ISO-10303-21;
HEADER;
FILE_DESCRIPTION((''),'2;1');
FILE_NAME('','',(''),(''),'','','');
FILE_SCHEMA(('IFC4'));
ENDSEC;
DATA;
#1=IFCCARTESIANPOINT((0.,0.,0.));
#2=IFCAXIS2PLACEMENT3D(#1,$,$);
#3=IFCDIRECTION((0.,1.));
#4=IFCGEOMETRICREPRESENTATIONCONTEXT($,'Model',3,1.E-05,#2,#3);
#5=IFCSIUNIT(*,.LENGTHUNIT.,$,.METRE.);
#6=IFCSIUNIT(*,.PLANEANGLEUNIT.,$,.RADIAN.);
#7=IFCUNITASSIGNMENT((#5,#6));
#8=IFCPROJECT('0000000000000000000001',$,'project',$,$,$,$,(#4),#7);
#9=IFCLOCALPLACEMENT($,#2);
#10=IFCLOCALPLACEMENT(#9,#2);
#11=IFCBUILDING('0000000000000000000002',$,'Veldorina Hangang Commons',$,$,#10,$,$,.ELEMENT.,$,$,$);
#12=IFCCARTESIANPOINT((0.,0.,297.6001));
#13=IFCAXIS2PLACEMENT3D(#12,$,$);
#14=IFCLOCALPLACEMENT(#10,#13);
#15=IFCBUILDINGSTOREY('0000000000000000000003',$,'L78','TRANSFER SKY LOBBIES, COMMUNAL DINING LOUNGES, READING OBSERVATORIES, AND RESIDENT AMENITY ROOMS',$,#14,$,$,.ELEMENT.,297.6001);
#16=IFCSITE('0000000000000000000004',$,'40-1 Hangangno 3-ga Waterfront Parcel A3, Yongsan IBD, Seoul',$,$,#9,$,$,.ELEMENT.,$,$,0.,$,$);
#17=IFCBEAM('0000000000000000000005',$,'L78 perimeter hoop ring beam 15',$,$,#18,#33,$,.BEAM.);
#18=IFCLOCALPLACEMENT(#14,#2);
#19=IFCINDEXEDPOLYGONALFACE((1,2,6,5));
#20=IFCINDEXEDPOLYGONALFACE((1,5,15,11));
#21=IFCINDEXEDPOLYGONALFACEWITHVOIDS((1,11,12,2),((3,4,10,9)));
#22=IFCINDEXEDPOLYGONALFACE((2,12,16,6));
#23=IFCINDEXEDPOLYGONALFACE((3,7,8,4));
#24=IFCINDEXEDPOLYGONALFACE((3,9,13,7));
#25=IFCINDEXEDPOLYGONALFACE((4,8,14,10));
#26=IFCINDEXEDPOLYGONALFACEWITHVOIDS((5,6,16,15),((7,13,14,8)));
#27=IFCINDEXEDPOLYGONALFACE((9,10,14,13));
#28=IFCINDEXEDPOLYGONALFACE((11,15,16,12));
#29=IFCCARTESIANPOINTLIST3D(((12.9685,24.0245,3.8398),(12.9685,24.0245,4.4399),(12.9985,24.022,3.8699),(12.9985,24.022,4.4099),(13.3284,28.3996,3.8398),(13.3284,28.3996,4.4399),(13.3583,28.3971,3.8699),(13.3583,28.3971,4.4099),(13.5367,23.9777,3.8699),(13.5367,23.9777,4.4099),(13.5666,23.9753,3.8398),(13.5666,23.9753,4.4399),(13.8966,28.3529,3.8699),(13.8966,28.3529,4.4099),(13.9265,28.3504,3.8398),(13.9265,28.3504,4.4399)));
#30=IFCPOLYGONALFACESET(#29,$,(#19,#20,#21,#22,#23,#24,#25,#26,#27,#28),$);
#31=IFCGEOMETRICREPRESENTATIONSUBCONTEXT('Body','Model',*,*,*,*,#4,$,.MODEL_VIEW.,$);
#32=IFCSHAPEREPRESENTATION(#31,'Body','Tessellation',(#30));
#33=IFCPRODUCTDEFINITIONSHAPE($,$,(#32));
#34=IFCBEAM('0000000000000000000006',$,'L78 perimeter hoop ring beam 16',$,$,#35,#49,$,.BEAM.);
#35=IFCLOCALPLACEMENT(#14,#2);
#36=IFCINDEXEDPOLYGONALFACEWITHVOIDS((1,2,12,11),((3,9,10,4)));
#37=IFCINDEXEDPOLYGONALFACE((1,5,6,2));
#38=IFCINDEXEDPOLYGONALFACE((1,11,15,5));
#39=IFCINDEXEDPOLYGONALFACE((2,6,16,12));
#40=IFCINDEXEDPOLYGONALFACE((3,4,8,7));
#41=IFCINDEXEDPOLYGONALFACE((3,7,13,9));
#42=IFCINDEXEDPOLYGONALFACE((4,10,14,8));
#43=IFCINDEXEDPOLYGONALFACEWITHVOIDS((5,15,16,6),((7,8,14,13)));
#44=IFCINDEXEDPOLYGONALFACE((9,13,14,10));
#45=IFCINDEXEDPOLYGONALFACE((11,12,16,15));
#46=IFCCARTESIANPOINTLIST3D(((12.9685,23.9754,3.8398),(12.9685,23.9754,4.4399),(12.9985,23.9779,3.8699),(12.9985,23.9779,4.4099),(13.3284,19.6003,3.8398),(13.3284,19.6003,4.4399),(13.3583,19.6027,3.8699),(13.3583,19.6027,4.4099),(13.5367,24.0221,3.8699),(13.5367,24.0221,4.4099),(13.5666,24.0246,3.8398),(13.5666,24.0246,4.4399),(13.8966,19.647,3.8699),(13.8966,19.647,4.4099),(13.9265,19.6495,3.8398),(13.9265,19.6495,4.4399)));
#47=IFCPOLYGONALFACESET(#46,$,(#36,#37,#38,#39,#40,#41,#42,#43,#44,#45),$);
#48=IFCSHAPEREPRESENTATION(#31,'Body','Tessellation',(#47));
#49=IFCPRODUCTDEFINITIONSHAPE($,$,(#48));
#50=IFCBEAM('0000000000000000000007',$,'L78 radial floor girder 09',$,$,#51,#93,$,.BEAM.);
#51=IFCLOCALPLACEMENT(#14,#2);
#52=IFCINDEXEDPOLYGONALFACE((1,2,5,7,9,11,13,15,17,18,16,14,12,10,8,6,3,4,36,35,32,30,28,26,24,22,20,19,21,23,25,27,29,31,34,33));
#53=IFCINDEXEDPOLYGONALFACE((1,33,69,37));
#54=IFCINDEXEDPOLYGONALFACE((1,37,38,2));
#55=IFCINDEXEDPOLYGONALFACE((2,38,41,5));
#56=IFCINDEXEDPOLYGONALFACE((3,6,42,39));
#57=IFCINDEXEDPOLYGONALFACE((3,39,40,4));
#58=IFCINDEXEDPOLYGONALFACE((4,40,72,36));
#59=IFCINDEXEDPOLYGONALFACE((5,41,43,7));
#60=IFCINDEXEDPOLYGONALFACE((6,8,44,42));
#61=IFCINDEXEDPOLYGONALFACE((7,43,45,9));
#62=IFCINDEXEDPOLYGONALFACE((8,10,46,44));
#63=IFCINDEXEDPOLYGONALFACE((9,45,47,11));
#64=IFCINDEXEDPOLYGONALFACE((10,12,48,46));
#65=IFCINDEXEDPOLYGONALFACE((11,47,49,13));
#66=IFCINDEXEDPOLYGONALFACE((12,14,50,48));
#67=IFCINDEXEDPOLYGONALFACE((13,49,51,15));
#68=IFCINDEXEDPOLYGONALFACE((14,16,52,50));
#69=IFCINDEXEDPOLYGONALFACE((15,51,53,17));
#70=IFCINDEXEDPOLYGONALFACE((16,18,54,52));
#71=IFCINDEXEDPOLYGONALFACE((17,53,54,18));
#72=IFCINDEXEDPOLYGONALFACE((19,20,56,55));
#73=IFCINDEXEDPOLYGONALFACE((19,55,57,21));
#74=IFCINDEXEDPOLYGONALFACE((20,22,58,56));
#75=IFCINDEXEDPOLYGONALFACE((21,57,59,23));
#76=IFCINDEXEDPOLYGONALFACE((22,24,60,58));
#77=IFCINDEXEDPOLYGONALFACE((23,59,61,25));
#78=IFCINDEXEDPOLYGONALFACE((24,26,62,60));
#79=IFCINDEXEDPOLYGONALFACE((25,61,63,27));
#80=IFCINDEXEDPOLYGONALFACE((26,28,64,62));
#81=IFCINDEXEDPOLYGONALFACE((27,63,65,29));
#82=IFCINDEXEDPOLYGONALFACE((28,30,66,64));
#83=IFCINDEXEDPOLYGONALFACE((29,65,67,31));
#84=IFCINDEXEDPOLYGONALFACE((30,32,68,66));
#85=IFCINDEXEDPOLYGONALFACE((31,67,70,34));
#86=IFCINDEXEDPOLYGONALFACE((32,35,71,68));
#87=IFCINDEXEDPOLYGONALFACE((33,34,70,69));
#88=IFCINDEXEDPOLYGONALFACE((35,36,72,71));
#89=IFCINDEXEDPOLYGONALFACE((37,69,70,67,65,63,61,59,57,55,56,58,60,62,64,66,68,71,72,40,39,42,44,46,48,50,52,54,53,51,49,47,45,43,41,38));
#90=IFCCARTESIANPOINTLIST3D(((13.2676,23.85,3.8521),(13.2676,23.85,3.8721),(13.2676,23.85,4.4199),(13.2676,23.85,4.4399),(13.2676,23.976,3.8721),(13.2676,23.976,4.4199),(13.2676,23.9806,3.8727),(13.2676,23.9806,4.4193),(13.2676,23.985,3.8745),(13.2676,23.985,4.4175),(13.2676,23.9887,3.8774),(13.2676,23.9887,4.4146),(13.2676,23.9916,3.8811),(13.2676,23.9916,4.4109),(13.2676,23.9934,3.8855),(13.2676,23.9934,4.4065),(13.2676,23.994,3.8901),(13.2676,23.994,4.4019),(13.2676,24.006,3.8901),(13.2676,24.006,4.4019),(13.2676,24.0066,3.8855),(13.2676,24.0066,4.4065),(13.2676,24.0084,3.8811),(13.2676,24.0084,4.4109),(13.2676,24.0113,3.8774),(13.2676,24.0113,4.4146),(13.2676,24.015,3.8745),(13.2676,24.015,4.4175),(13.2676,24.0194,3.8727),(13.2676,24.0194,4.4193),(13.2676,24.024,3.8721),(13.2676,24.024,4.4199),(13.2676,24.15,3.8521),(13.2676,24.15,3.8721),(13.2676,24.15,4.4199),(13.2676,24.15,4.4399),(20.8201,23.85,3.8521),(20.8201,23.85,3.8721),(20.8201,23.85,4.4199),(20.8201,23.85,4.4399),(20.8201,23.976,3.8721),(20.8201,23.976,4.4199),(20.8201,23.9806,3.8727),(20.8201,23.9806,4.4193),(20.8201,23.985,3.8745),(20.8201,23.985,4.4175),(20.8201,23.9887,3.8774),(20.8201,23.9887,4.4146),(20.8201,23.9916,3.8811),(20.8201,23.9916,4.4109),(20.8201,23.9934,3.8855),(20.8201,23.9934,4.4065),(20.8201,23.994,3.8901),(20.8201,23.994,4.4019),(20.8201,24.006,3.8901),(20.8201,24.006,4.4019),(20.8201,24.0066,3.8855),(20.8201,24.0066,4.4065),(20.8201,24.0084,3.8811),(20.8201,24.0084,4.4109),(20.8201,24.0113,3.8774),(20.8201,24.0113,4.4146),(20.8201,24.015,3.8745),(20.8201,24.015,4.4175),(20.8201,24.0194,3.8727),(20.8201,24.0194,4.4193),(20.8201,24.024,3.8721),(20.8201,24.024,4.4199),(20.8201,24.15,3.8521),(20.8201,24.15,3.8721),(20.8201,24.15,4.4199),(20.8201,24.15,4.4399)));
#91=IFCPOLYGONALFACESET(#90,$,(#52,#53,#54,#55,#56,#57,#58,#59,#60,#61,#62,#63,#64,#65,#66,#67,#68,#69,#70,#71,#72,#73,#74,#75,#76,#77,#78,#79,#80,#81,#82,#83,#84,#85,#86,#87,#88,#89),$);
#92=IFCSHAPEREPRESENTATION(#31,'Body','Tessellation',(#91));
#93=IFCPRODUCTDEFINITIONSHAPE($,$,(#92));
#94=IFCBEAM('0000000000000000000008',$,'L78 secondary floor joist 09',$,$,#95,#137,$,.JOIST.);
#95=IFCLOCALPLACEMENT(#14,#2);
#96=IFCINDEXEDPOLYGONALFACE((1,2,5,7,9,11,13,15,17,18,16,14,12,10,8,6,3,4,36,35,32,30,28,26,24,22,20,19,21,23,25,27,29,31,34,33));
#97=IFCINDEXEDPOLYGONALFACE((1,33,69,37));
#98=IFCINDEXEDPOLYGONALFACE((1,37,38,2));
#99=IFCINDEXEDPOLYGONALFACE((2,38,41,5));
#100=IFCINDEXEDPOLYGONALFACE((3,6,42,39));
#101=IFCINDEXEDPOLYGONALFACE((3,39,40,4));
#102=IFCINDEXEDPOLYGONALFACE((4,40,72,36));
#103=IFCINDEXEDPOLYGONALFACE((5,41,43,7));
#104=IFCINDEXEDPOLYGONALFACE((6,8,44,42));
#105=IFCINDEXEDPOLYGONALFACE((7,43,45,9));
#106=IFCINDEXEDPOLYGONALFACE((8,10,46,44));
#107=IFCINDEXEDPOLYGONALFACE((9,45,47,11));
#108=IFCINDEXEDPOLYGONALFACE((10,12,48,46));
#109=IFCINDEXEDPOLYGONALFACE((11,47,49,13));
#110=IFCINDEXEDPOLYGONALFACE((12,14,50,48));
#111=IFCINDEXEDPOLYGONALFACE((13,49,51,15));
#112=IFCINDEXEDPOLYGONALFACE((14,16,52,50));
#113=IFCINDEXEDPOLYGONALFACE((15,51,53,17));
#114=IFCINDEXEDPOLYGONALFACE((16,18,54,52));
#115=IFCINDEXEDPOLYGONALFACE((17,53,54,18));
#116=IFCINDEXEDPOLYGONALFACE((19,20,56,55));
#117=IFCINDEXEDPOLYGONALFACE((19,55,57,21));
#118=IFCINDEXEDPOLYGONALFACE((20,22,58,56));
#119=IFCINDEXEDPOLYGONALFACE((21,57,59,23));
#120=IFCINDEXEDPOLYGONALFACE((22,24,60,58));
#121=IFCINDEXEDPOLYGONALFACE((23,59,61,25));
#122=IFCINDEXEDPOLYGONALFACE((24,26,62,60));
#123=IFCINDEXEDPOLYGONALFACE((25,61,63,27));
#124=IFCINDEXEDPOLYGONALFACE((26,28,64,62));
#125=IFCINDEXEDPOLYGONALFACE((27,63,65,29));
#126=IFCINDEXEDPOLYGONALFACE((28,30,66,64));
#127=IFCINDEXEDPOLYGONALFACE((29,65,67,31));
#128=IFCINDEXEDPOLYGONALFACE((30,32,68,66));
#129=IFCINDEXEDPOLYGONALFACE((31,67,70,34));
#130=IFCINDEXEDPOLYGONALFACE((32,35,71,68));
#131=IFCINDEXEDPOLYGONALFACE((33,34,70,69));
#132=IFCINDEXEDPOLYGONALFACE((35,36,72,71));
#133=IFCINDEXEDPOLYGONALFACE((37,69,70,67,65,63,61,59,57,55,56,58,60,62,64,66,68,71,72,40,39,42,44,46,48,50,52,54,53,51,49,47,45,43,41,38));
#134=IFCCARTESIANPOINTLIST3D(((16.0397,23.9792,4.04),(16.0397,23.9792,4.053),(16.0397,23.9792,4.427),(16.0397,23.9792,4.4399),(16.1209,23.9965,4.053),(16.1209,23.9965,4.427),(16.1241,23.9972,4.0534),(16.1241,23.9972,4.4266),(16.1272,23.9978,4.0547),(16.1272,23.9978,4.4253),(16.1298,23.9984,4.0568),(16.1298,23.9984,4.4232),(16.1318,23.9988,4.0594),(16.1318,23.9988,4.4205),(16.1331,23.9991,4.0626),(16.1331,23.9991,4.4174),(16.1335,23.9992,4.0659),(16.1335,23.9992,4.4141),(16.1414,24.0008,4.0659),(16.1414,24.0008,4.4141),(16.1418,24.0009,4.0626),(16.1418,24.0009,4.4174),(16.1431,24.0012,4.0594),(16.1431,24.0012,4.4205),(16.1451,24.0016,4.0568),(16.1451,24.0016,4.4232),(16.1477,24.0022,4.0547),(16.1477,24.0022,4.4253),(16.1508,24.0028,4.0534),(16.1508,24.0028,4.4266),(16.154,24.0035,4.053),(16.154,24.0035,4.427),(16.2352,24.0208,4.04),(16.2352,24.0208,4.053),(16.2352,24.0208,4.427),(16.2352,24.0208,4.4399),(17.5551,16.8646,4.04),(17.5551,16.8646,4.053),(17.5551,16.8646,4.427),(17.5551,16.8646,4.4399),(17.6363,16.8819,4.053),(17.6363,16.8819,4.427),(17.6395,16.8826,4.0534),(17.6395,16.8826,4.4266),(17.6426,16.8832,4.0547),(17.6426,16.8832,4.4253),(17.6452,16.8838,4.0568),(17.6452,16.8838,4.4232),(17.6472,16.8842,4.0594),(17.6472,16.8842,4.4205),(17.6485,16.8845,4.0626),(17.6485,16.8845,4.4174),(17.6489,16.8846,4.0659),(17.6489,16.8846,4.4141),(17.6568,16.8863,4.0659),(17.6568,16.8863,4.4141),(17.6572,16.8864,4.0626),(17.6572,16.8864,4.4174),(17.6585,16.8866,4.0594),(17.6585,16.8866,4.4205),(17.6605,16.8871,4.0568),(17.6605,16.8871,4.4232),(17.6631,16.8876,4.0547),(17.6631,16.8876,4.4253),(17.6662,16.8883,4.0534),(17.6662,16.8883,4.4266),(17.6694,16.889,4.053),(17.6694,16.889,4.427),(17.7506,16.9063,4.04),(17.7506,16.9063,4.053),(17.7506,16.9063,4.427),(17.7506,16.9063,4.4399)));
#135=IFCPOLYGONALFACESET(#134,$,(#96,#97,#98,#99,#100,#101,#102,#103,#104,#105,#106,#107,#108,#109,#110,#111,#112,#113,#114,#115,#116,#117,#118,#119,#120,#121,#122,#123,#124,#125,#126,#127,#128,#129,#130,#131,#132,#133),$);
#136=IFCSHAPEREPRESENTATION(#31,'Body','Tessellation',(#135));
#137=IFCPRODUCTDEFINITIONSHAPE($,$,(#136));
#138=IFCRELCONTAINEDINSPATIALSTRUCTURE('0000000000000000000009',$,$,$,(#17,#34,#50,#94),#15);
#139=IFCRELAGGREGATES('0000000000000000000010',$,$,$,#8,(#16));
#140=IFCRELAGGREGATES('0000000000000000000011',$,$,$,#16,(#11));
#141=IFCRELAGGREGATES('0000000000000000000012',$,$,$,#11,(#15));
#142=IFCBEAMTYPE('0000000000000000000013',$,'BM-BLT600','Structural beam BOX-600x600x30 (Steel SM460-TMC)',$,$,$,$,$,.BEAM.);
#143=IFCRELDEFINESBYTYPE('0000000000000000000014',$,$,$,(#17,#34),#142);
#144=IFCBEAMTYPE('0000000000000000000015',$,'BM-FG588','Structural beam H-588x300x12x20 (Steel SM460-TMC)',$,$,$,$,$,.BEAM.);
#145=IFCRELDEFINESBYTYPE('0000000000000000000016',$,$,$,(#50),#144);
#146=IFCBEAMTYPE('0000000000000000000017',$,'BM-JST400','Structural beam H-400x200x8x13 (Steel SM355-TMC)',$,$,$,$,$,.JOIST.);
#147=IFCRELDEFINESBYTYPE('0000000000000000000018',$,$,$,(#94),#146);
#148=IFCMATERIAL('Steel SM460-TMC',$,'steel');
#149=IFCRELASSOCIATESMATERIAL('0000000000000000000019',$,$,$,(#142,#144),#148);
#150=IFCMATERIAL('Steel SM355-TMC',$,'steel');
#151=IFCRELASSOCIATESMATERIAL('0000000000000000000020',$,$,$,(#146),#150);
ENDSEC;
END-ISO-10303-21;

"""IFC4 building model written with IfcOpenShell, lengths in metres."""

from ifc_helpers import new_model, si_unit, direction, frame, origin, origin_2d, place, context, subcontext, project, spatial, hollow_rectangle, i_section, extrude, material, material_profile, profile_set, type_object, element, save


model = new_model("IFC4")

# Units and contexts
model_context = context("Model", 3, precision=1e-05, world=origin(), true_north=direction((0.0, 1.0)))
body_context = subcontext(model_context, "Body", "Model", "MODEL_VIEW")
ifc_project = project(units=[si_unit("LENGTHUNIT", "METRE"), si_unit("PLANEANGLEUNIT", "RADIAN")], contexts=[model_context])

# Site, building, storey
site_placement = place(None, origin())
site = spatial("IfcSite", under=ifc_project, at=site_placement, Name="40-1 Hangangno 3-ga Waterfront Parcel A3, Yongsan IBD, Seoul", CompositionType="ELEMENT", RefElevation=0.0)
building_placement = place(site_placement, origin())
building = spatial("IfcBuilding", under=site, at=building_placement, Name="Veldorina Hangang Commons", CompositionType="ELEMENT")
storey_placement = place(building_placement, frame((0.0, 0.0, 297.6001)))
storey = spatial("IfcBuildingStorey", under=building, at=storey_placement, Name="L78", Description="TRANSFER SKY LOBBIES, COMMUNAL DINING LOUNGES, READING OBSERVATORIES, AND RESIDENT AMENITY ROOMS", CompositionType="ELEMENT", Elevation=297.6001)

# Beams
ifc_material_1 = material(Name="Steel SM460-TMC", Category="steel")
ifc_material_profile_1 = material_profile(ifc_material_1, hollow_rectangle(XDim=0.6001, YDim=0.6001, WallThickness=0.03, at=origin_2d()), Name="BOX-600x600x30")
ifc_profile_set_1 = profile_set([ifc_material_profile_1], Name="Steel SM460-TMC")
beam_type_1 = type_object("IfcBeamType", Name="BM-BLT600", Description="Structural beam BOX-600x600x30 (Steel SM460-TMC)", PredefinedType="BEAM", material=ifc_profile_set_1)
for number, where, z_axis, x_axis, name in (
    (1, (13.6274, 28.375, 4.1399), (-0.081978, -0.996634, 0.0), (0.996634, -0.081978, 0.0), "L78 perimeter hoop ring beam 15"),
    (2, (13.2676, 24.0, 4.1399), (0.081978, -0.996634, 0.0), (0.996634, 0.081978, 0.0), "L78 perimeter hoop ring beam 16"),
):
    element("IfcBeam", number, at=place(storey_placement, frame(where, z_axis=z_axis, x_axis=x_axis)), inside=storey, type_object=beam_type_1, Name=name, PredefinedType="BEAM", context=body_context, shape_type="SweptSolid", body=[
        extrude(hollow_rectangle(XDim=0.6001, YDim=0.6001, WallThickness=0.03, at=origin_2d()), origin(), (0.0, 0.0, 1.0), 4.3899),
    ])
ifc_material_profile_2 = material_profile(ifc_material_1, i_section(OverallWidth=0.3, OverallDepth=0.5879, WebThickness=0.012, FlangeThickness=0.02, FilletRadius=0.0181, at=origin_2d()), Name="H-588x300x12x20")
ifc_profile_set_2 = profile_set([ifc_material_profile_2], Name="Steel SM460-TMC")
beam_type_2 = type_object("IfcBeamType", Name="BM-FG588", Description="Structural beam H-588x300x12x20 (Steel SM460-TMC)", PredefinedType="BEAM", material=ifc_profile_set_2)
beam_1_placement = place(storey_placement, frame((20.8201, 24.0, 4.146), z_axis=(-1.0, 0.0, 0.0), x_axis=(0.0, -1.0, 0.0)))
element("IfcBeam", 3, at=beam_1_placement, inside=storey, type_object=beam_type_2, Name="L78 radial floor girder 09", PredefinedType="BEAM", context=body_context, shape_type="SweptSolid", body=[
    extrude(i_section(OverallWidth=0.3, OverallDepth=0.5879, WebThickness=0.012, FlangeThickness=0.02, FilletRadius=0.0181, at=origin_2d()), origin(), (0.0, 0.0, 1.0), 7.5525),
])
ifc_material_2 = material(Name="Steel SM355-TMC", Category="steel")
ifc_material_profile_3 = material_profile(ifc_material_2, i_section(OverallWidth=0.2, OverallDepth=0.3999, WebThickness=0.0081, FlangeThickness=0.0129, FilletRadius=0.0129, at=origin_2d()), Name="H-400x200x8x13")
ifc_profile_set_3 = profile_set([ifc_material_profile_3], Name="Steel SM355-TMC")
beam_type_3 = type_object("IfcBeamType", Name="BM-JST400", Description="Structural beam H-400x200x8x13 (Steel SM355-TMC)", PredefinedType="JOIST", material=ifc_profile_set_3)
beam_2_placement = place(storey_placement, frame((16.1375, 24.0, 4.24), z_axis=(0.208326, -0.97806, 0.0), x_axis=(0.97806, 0.208326, 0.0)))
element("IfcBeam", 4, at=beam_2_placement, inside=storey, type_object=beam_type_3, Name="L78 secondary floor joist 09", PredefinedType="JOIST", context=body_context, shape_type="SweptSolid", body=[
    extrude(i_section(OverallWidth=0.2, OverallDepth=0.3999, WebThickness=0.0081, FlangeThickness=0.0129, FilletRadius=0.0129, at=origin_2d()), origin(), (0.0, 0.0, 1.0), 7.2742),
])

save(model, "model.ifc")
